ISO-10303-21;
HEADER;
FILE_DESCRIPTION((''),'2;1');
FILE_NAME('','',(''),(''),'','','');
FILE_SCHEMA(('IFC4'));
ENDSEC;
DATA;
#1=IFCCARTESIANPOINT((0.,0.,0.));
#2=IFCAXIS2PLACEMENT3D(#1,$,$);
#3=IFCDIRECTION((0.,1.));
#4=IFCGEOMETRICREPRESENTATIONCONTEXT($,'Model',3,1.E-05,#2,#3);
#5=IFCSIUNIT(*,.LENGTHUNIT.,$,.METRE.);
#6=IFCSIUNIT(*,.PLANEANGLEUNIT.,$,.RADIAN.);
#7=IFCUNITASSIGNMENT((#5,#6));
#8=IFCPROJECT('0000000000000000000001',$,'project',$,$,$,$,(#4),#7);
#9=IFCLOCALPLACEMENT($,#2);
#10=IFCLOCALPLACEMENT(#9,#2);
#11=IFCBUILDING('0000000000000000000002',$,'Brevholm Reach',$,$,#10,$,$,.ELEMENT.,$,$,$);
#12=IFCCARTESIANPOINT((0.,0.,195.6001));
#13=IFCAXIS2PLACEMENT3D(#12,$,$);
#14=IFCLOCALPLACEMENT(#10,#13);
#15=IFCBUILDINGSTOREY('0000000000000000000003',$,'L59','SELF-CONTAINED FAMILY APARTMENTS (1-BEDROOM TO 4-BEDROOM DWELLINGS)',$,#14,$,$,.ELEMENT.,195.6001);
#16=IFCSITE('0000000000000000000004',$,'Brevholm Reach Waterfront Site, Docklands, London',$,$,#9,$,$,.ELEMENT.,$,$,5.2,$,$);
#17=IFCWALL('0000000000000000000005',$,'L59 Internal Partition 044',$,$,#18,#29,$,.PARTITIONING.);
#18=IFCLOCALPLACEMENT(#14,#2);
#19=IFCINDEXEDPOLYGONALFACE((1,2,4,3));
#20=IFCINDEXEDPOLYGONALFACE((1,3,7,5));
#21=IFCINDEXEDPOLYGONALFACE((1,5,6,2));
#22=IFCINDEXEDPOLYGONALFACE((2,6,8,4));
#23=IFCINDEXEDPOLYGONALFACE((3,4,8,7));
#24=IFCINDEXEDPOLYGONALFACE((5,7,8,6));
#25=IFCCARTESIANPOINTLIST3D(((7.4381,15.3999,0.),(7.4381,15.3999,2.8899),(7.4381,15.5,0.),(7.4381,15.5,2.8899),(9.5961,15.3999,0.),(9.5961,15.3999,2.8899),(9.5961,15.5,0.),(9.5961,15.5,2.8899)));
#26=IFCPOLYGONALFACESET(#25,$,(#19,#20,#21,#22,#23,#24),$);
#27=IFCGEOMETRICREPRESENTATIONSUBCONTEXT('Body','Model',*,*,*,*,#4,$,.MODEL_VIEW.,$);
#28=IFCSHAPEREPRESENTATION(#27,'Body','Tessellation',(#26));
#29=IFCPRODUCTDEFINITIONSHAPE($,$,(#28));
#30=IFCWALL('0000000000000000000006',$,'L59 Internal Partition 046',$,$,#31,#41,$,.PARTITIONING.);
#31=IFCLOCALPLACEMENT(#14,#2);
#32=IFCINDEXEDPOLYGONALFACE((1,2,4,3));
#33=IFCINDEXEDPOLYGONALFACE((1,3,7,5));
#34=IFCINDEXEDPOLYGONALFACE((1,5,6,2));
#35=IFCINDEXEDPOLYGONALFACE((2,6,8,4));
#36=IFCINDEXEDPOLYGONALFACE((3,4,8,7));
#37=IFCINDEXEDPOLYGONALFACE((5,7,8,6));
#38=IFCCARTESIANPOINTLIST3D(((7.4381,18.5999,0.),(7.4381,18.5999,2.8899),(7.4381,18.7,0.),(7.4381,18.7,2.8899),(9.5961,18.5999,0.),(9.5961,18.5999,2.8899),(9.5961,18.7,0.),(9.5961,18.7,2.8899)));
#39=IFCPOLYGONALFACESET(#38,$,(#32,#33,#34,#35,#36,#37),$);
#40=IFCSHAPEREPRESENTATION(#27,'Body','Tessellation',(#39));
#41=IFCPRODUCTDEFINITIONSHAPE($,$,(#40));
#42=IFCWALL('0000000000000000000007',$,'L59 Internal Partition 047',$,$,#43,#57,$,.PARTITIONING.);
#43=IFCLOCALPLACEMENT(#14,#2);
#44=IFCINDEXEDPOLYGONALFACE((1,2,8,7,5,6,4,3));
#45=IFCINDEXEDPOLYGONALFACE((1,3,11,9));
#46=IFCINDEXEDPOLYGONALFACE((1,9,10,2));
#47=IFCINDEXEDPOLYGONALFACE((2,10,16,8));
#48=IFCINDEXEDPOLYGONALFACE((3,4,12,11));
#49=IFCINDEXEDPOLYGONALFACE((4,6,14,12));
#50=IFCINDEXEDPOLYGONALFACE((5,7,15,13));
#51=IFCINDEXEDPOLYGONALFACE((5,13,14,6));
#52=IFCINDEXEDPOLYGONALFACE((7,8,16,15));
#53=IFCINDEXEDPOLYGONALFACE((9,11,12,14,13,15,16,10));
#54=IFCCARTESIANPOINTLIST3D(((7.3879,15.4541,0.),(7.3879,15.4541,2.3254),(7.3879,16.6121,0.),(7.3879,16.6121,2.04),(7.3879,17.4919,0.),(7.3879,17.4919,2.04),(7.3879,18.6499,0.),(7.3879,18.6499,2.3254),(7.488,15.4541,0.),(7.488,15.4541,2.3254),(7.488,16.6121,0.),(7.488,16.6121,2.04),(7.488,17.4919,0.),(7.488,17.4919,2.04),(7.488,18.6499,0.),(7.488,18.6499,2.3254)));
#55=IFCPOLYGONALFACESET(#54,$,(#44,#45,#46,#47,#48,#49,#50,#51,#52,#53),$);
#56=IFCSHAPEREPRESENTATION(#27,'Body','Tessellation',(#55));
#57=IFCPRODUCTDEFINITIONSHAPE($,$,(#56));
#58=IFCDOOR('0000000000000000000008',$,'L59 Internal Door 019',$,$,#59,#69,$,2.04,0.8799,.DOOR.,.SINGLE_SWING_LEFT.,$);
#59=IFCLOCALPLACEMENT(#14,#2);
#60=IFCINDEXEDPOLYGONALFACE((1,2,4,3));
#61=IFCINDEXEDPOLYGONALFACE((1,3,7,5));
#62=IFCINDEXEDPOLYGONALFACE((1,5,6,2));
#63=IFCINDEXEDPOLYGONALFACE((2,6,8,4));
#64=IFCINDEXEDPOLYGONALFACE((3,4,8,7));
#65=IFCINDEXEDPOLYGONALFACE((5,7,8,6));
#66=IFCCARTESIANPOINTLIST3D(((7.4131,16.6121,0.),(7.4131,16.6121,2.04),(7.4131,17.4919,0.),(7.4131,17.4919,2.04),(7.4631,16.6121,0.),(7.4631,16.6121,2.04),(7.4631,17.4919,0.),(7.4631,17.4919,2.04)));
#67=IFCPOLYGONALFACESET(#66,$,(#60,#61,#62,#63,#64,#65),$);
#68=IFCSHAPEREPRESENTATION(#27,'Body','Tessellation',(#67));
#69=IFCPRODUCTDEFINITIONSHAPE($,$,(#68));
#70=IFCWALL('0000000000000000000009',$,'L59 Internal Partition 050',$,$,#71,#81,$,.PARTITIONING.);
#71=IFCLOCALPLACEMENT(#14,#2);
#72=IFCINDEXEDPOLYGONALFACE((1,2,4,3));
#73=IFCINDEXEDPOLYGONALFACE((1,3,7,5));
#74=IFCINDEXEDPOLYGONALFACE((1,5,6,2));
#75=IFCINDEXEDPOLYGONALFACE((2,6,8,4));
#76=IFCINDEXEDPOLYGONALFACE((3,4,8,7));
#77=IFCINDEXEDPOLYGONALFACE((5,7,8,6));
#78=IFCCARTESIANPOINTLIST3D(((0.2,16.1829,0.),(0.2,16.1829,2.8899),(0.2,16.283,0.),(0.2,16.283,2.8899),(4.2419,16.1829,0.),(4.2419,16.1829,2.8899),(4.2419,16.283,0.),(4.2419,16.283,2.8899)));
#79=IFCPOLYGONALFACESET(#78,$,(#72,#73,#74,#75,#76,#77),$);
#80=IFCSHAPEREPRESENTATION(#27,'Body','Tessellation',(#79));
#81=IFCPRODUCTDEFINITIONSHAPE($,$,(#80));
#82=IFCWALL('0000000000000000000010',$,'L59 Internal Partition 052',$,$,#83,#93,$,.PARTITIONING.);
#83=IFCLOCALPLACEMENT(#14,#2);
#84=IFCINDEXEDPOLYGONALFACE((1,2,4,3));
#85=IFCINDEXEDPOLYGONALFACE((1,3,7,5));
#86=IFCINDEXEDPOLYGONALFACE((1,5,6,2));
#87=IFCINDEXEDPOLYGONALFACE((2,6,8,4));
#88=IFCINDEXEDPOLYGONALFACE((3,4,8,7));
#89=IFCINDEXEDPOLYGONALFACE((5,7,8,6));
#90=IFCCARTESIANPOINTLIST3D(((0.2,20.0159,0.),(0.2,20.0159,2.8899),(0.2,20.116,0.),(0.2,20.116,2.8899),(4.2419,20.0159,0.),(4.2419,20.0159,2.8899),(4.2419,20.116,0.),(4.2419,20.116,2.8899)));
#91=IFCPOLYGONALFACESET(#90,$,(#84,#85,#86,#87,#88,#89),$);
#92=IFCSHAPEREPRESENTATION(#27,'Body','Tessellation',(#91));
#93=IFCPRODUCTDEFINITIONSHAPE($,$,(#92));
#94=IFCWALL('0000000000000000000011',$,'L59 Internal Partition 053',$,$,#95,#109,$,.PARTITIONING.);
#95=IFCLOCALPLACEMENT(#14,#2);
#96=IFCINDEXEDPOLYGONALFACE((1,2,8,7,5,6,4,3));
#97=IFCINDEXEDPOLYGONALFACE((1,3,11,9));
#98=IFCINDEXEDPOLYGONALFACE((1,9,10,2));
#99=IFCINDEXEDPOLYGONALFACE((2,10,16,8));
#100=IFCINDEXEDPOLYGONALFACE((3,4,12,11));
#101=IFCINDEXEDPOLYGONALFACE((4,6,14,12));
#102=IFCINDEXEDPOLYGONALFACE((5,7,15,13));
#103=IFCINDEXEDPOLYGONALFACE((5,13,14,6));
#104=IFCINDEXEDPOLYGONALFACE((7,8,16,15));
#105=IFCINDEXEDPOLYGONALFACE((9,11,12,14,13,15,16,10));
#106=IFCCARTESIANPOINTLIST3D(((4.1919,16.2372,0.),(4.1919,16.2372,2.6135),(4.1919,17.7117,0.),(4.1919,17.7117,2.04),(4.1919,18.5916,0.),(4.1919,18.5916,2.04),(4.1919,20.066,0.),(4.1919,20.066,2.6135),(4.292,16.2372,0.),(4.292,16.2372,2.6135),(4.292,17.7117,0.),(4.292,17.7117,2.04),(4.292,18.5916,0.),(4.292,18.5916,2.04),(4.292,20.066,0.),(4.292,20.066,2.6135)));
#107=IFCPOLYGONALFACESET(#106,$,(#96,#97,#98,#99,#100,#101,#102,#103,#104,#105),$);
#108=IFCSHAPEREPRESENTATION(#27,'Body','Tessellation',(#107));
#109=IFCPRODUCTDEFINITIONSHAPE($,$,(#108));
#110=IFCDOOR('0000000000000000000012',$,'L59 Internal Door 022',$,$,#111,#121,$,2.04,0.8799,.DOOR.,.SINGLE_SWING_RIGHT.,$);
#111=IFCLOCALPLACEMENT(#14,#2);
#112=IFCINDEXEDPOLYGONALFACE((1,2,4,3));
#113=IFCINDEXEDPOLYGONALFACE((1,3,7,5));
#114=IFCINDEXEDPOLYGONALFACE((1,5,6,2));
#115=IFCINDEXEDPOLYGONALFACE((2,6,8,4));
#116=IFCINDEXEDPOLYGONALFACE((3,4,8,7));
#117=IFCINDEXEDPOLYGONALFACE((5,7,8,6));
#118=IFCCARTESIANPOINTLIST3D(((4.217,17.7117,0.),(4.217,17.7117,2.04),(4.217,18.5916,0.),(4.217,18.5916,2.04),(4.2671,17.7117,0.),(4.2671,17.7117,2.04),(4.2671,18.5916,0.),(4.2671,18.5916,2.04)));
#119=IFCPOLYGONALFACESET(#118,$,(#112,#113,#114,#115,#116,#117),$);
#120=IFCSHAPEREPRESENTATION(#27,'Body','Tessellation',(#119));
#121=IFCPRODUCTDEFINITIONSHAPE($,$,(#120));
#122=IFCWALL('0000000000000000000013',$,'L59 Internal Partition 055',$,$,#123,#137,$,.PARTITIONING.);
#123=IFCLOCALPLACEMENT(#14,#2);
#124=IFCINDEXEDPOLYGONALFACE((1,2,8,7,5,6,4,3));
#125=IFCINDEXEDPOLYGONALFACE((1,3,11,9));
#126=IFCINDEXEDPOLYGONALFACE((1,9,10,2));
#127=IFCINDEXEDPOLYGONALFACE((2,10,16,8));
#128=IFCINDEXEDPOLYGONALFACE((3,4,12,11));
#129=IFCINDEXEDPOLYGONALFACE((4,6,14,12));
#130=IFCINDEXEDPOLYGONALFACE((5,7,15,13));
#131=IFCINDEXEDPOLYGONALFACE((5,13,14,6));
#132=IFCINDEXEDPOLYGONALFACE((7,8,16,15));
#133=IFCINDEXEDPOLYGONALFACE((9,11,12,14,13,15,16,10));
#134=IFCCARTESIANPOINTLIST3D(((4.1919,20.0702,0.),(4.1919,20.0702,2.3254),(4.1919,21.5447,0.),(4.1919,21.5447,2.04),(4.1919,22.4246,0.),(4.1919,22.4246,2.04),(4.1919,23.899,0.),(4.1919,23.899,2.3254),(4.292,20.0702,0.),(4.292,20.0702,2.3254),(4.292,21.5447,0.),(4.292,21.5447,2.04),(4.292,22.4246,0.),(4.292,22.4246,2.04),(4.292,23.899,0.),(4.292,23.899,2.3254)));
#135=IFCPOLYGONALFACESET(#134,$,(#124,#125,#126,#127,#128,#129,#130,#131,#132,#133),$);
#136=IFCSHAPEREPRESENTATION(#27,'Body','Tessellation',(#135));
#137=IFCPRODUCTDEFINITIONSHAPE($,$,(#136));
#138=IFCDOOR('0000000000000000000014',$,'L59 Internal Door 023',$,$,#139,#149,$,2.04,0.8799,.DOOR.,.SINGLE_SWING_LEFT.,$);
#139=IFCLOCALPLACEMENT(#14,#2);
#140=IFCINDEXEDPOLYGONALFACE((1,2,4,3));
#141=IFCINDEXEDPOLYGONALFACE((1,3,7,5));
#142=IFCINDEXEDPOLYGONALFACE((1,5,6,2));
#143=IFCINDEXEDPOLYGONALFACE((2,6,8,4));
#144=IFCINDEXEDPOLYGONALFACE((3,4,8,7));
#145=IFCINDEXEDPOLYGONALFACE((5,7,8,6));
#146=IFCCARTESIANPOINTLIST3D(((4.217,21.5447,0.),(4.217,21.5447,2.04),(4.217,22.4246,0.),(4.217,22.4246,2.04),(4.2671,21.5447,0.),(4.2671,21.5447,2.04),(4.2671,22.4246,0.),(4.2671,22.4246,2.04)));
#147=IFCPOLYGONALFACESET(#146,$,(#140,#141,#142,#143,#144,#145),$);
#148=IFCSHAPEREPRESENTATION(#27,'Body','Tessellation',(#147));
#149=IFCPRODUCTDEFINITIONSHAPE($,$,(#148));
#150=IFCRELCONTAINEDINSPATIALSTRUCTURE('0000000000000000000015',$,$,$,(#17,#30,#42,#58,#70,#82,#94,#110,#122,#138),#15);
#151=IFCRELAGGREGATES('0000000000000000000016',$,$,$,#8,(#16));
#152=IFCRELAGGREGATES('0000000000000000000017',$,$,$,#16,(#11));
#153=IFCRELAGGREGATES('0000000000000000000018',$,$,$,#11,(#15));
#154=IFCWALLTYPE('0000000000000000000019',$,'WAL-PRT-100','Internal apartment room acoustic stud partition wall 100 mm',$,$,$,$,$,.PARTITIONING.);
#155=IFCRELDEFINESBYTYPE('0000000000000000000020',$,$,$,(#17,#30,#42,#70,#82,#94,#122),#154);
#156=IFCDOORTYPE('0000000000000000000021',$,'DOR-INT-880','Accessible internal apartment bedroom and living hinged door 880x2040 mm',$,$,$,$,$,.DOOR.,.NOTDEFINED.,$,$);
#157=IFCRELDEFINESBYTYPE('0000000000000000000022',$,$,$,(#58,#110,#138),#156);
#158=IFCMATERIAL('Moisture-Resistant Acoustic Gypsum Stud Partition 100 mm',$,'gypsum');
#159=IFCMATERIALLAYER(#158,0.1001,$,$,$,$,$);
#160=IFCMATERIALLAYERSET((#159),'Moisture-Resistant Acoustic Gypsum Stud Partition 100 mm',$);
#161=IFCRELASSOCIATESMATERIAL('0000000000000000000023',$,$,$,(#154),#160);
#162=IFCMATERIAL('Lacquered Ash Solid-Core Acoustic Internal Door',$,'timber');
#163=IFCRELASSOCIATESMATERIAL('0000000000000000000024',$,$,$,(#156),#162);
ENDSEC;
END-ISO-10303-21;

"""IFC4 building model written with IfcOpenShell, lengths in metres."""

from ifc_helpers import new_model, si_unit, direction, frame, frame_2d, origin, place, context, subcontext, project, spatial, rectangle, extrude, material, layer, layer_set, type_object, element, fill, save


model = new_model("IFC4")

# Units and contexts
model_context = context("Model", 3, precision=1e-05, world=origin(), true_north=direction((0.0, 1.0)))
body_context = subcontext(model_context, "Body", "Model", "MODEL_VIEW")
ifc_project = project(units=[si_unit("LENGTHUNIT", "METRE"), si_unit("PLANEANGLEUNIT", "RADIAN")], contexts=[model_context])

# Site, building, storey
site_placement = place(None, origin())
site = spatial("IfcSite", under=ifc_project, at=site_placement, Name="Brevholm Reach Waterfront Site, Docklands, London", CompositionType="ELEMENT", RefElevation=5.2)
building_placement = place(site_placement, origin())
building = spatial("IfcBuilding", under=site, at=building_placement, Name="Brevholm Reach", CompositionType="ELEMENT")
storey_placement = place(building_placement, frame((0.0, 0.0, 195.6001)))
storey = spatial("IfcBuildingStorey", under=building, at=storey_placement, Name="L59", Description="SELF-CONTAINED FAMILY APARTMENTS (1-BEDROOM TO 4-BEDROOM DWELLINGS)", CompositionType="ELEMENT", Elevation=195.6001)

# Walls
ifc_material_1 = material(Name="Moisture-Resistant Acoustic Gypsum Stud Partition 100 mm", Category="gypsum")
ifc_layer_1 = layer(ifc_material_1, 0.1001)
ifc_layer_set_1 = layer_set([ifc_layer_1], Name="Moisture-Resistant Acoustic Gypsum Stud Partition 100 mm")
wall_type = type_object("IfcWallType", Name="WAL-PRT-100", Description="Internal apartment room acoustic stud partition wall 100 mm", PredefinedType="PARTITIONING", material=ifc_layer_set_1)
for number, where, z_axis, x_axis, name in (
    (1, (7.438, 15.45, 0.0), (0.0, 0.0, 1.0), (1.0, 0.0, 0.0), "L59 Internal Partition 044"),
    (2, (7.438, 18.6499, 0.0), (0.0, 0.0, 1.0), (1.0, 0.0, 0.0), "L59 Internal Partition 046"),
):
    element("IfcWall", number, at=place(storey_placement, frame(where, z_axis=z_axis, x_axis=x_axis)), inside=storey, type_object=wall_type, Name=name, PredefinedType="PARTITIONING", context=body_context, shape_type="SweptSolid", body=[
        extrude(rectangle(XDim=2.158, YDim=0.1001, at=frame_2d((1.0791, 0.0))), origin(), (0.0, 0.0, 1.0), 2.8899),
    ])

# Wall, opening, door
wall_1_placement = place(storey_placement, frame((7.438, 15.4541, 0.0), z_axis=(0.0, 0.0, 1.0), x_axis=(0.0, 1.0, 0.0)))
wall_1 = element("IfcWall", 3, at=wall_1_placement, inside=storey, type_object=wall_type, Name="L59 Internal Partition 047", PredefinedType="PARTITIONING", context=body_context, shape_type="SweptSolid", body=[
    extrude(rectangle(XDim=3.1958, YDim=0.1001, at=frame_2d((1.5979, 0.0))), origin(), (0.0, 0.0, 1.0), 2.3254),
])
opening_1_placement = place(wall_1_placement, frame((1.158, 0.0, 0.0)))
opening_1 = element("IfcOpeningElement", 4, at=opening_1_placement, cuts=wall_1, PredefinedType="OPENING", context=body_context, shape_type="SweptSolid", body=[
    extrude(rectangle(XDim=0.8799, YDim=2.04, at=frame_2d((0.4399, 1.02))), frame((0.0, 0.0601, 0.0), z_axis=(0.0, -1.0, 0.0), x_axis=(1.0, 0.0, 0.0)), (0.0, 0.0, 1.0), 0.1201),
])
ifc_material_2 = material(Name="Lacquered Ash Solid-Core Acoustic Internal Door", Category="timber")
door_type = type_object("IfcDoorType", Name="DOR-INT-880", Description="Accessible internal apartment bedroom and living hinged door 880x2040 mm", OperationType="NOTDEFINED", PredefinedType="DOOR", material=ifc_material_2)
door_1_placement = place(opening_1_placement, origin())
door_1 = element("IfcDoor", 5, at=door_1_placement, inside=storey, type_object=door_type, Name="L59 Internal Door 019", OperationType="SINGLE_SWING_LEFT", OverallHeight=2.04, OverallWidth=0.8799, PredefinedType="DOOR", context=body_context, shape_type="SweptSolid", body=[
    extrude(rectangle(XDim=0.8799, YDim=2.04, at=frame_2d((0.4399, 1.02))), frame((0.0, 0.0249, 0.0), z_axis=(0.0, -1.0, 0.0), x_axis=(1.0, 0.0, 0.0)), (0.0, 0.0, 1.0), 0.05),
])
fill(opening_1, door_1)

# Walls
for number, where, z_axis, x_axis, name in (
    (6, (0.2, 16.2329, 0.0), (0.0, 0.0, 1.0), (1.0, 0.0, 0.0), "L59 Internal Partition 050"),
    (7, (0.2, 20.0659, 0.0), (0.0, 0.0, 1.0), (1.0, 0.0, 0.0), "L59 Internal Partition 052"),
):
    element("IfcWall", number, at=place(storey_placement, frame(where, z_axis=z_axis, x_axis=x_axis)), inside=storey, type_object=wall_type, Name=name, PredefinedType="PARTITIONING", context=body_context, shape_type="SweptSolid", body=[
        extrude(rectangle(XDim=4.042, YDim=0.1001, at=frame_2d((2.021, 0.0))), origin(), (0.0, 0.0, 1.0), 2.8899),
    ])

# Walls, openings, doors
wall_2_placement = place(storey_placement, frame((4.2419, 16.2371, 0.0), z_axis=(0.0, 0.0, 1.0), x_axis=(0.0, 1.0, 0.0)))
wall_2 = element("IfcWall", 8, at=wall_2_placement, inside=storey, type_object=wall_type, Name="L59 Internal Partition 053", PredefinedType="PARTITIONING", context=body_context, shape_type="SweptSolid", body=[
    extrude(rectangle(XDim=3.8289, YDim=0.1001, at=frame_2d((1.9146, 0.0))), origin(), (0.0, 0.0, 1.0), 2.6135),
])
opening_2_placement = place(wall_2_placement, frame((1.4746, 0.0, 0.0)))
opening_2 = element("IfcOpeningElement", 9, at=opening_2_placement, cuts=wall_2, PredefinedType="OPENING", context=body_context, shape_type="SweptSolid", body=[
    extrude(rectangle(XDim=0.8799, YDim=2.04, at=frame_2d((0.4399, 1.02))), frame((0.0, 0.0601, 0.0), z_axis=(0.0, -1.0, 0.0), x_axis=(1.0, 0.0, 0.0)), (0.0, 0.0, 1.0), 0.1201),
])
door_2_placement = place(opening_2_placement, origin())
door_2 = element("IfcDoor", 10, at=door_2_placement, inside=storey, type_object=door_type, Name="L59 Internal Door 022", OperationType="SINGLE_SWING_RIGHT", OverallHeight=2.04, OverallWidth=0.8799, PredefinedType="DOOR", context=body_context, shape_type="SweptSolid", body=[
    extrude(rectangle(XDim=0.8799, YDim=2.04, at=frame_2d((0.4399, 1.02))), frame((0.0, 0.0249, 0.0), z_axis=(0.0, -1.0, 0.0), x_axis=(1.0, 0.0, 0.0)), (0.0, 0.0, 1.0), 0.05),
])
fill(opening_2, door_2)
wall_3_placement = place(storey_placement, frame((4.2419, 20.0701, 0.0), z_axis=(0.0, 0.0, 1.0), x_axis=(0.0, 1.0, 0.0)))
wall_3 = element("IfcWall", 11, at=wall_3_placement, inside=storey, type_object=wall_type, Name="L59 Internal Partition 055", PredefinedType="PARTITIONING", context=body_context, shape_type="SweptSolid", body=[
    extrude(rectangle(XDim=3.8289, YDim=0.1001, at=frame_2d((1.9146, 0.0))), origin(), (0.0, 0.0, 1.0), 2.3254),
])
opening_3_placement = place(wall_3_placement, frame((1.4746, 0.0, 0.0)))
opening_3 = element("IfcOpeningElement", 12, at=opening_3_placement, cuts=wall_3, PredefinedType="OPENING", context=body_context, shape_type="SweptSolid", body=[
    extrude(rectangle(XDim=0.8799, YDim=2.04, at=frame_2d((0.4399, 1.02))), frame((0.0, 0.0601, 0.0), z_axis=(0.0, -1.0, 0.0), x_axis=(1.0, 0.0, 0.0)), (0.0, 0.0, 1.0), 0.1201),
])
door_3_placement = place(opening_3_placement, origin())
door_3 = element("IfcDoor", 13, at=door_3_placement, inside=storey, type_object=door_type, Name="L59 Internal Door 023", OperationType="SINGLE_SWING_LEFT", OverallHeight=2.04, OverallWidth=0.8799, PredefinedType="DOOR", context=body_context, shape_type="SweptSolid", body=[
    extrude(rectangle(XDim=0.8799, YDim=2.04, at=frame_2d((0.4399, 1.02))), frame((0.0, 0.0249, 0.0), z_axis=(0.0, -1.0, 0.0), x_axis=(1.0, 0.0, 0.0)), (0.0, 0.0, 1.0), 0.05),
])
fill(opening_3, door_3)

save(model, "model.ifc")
